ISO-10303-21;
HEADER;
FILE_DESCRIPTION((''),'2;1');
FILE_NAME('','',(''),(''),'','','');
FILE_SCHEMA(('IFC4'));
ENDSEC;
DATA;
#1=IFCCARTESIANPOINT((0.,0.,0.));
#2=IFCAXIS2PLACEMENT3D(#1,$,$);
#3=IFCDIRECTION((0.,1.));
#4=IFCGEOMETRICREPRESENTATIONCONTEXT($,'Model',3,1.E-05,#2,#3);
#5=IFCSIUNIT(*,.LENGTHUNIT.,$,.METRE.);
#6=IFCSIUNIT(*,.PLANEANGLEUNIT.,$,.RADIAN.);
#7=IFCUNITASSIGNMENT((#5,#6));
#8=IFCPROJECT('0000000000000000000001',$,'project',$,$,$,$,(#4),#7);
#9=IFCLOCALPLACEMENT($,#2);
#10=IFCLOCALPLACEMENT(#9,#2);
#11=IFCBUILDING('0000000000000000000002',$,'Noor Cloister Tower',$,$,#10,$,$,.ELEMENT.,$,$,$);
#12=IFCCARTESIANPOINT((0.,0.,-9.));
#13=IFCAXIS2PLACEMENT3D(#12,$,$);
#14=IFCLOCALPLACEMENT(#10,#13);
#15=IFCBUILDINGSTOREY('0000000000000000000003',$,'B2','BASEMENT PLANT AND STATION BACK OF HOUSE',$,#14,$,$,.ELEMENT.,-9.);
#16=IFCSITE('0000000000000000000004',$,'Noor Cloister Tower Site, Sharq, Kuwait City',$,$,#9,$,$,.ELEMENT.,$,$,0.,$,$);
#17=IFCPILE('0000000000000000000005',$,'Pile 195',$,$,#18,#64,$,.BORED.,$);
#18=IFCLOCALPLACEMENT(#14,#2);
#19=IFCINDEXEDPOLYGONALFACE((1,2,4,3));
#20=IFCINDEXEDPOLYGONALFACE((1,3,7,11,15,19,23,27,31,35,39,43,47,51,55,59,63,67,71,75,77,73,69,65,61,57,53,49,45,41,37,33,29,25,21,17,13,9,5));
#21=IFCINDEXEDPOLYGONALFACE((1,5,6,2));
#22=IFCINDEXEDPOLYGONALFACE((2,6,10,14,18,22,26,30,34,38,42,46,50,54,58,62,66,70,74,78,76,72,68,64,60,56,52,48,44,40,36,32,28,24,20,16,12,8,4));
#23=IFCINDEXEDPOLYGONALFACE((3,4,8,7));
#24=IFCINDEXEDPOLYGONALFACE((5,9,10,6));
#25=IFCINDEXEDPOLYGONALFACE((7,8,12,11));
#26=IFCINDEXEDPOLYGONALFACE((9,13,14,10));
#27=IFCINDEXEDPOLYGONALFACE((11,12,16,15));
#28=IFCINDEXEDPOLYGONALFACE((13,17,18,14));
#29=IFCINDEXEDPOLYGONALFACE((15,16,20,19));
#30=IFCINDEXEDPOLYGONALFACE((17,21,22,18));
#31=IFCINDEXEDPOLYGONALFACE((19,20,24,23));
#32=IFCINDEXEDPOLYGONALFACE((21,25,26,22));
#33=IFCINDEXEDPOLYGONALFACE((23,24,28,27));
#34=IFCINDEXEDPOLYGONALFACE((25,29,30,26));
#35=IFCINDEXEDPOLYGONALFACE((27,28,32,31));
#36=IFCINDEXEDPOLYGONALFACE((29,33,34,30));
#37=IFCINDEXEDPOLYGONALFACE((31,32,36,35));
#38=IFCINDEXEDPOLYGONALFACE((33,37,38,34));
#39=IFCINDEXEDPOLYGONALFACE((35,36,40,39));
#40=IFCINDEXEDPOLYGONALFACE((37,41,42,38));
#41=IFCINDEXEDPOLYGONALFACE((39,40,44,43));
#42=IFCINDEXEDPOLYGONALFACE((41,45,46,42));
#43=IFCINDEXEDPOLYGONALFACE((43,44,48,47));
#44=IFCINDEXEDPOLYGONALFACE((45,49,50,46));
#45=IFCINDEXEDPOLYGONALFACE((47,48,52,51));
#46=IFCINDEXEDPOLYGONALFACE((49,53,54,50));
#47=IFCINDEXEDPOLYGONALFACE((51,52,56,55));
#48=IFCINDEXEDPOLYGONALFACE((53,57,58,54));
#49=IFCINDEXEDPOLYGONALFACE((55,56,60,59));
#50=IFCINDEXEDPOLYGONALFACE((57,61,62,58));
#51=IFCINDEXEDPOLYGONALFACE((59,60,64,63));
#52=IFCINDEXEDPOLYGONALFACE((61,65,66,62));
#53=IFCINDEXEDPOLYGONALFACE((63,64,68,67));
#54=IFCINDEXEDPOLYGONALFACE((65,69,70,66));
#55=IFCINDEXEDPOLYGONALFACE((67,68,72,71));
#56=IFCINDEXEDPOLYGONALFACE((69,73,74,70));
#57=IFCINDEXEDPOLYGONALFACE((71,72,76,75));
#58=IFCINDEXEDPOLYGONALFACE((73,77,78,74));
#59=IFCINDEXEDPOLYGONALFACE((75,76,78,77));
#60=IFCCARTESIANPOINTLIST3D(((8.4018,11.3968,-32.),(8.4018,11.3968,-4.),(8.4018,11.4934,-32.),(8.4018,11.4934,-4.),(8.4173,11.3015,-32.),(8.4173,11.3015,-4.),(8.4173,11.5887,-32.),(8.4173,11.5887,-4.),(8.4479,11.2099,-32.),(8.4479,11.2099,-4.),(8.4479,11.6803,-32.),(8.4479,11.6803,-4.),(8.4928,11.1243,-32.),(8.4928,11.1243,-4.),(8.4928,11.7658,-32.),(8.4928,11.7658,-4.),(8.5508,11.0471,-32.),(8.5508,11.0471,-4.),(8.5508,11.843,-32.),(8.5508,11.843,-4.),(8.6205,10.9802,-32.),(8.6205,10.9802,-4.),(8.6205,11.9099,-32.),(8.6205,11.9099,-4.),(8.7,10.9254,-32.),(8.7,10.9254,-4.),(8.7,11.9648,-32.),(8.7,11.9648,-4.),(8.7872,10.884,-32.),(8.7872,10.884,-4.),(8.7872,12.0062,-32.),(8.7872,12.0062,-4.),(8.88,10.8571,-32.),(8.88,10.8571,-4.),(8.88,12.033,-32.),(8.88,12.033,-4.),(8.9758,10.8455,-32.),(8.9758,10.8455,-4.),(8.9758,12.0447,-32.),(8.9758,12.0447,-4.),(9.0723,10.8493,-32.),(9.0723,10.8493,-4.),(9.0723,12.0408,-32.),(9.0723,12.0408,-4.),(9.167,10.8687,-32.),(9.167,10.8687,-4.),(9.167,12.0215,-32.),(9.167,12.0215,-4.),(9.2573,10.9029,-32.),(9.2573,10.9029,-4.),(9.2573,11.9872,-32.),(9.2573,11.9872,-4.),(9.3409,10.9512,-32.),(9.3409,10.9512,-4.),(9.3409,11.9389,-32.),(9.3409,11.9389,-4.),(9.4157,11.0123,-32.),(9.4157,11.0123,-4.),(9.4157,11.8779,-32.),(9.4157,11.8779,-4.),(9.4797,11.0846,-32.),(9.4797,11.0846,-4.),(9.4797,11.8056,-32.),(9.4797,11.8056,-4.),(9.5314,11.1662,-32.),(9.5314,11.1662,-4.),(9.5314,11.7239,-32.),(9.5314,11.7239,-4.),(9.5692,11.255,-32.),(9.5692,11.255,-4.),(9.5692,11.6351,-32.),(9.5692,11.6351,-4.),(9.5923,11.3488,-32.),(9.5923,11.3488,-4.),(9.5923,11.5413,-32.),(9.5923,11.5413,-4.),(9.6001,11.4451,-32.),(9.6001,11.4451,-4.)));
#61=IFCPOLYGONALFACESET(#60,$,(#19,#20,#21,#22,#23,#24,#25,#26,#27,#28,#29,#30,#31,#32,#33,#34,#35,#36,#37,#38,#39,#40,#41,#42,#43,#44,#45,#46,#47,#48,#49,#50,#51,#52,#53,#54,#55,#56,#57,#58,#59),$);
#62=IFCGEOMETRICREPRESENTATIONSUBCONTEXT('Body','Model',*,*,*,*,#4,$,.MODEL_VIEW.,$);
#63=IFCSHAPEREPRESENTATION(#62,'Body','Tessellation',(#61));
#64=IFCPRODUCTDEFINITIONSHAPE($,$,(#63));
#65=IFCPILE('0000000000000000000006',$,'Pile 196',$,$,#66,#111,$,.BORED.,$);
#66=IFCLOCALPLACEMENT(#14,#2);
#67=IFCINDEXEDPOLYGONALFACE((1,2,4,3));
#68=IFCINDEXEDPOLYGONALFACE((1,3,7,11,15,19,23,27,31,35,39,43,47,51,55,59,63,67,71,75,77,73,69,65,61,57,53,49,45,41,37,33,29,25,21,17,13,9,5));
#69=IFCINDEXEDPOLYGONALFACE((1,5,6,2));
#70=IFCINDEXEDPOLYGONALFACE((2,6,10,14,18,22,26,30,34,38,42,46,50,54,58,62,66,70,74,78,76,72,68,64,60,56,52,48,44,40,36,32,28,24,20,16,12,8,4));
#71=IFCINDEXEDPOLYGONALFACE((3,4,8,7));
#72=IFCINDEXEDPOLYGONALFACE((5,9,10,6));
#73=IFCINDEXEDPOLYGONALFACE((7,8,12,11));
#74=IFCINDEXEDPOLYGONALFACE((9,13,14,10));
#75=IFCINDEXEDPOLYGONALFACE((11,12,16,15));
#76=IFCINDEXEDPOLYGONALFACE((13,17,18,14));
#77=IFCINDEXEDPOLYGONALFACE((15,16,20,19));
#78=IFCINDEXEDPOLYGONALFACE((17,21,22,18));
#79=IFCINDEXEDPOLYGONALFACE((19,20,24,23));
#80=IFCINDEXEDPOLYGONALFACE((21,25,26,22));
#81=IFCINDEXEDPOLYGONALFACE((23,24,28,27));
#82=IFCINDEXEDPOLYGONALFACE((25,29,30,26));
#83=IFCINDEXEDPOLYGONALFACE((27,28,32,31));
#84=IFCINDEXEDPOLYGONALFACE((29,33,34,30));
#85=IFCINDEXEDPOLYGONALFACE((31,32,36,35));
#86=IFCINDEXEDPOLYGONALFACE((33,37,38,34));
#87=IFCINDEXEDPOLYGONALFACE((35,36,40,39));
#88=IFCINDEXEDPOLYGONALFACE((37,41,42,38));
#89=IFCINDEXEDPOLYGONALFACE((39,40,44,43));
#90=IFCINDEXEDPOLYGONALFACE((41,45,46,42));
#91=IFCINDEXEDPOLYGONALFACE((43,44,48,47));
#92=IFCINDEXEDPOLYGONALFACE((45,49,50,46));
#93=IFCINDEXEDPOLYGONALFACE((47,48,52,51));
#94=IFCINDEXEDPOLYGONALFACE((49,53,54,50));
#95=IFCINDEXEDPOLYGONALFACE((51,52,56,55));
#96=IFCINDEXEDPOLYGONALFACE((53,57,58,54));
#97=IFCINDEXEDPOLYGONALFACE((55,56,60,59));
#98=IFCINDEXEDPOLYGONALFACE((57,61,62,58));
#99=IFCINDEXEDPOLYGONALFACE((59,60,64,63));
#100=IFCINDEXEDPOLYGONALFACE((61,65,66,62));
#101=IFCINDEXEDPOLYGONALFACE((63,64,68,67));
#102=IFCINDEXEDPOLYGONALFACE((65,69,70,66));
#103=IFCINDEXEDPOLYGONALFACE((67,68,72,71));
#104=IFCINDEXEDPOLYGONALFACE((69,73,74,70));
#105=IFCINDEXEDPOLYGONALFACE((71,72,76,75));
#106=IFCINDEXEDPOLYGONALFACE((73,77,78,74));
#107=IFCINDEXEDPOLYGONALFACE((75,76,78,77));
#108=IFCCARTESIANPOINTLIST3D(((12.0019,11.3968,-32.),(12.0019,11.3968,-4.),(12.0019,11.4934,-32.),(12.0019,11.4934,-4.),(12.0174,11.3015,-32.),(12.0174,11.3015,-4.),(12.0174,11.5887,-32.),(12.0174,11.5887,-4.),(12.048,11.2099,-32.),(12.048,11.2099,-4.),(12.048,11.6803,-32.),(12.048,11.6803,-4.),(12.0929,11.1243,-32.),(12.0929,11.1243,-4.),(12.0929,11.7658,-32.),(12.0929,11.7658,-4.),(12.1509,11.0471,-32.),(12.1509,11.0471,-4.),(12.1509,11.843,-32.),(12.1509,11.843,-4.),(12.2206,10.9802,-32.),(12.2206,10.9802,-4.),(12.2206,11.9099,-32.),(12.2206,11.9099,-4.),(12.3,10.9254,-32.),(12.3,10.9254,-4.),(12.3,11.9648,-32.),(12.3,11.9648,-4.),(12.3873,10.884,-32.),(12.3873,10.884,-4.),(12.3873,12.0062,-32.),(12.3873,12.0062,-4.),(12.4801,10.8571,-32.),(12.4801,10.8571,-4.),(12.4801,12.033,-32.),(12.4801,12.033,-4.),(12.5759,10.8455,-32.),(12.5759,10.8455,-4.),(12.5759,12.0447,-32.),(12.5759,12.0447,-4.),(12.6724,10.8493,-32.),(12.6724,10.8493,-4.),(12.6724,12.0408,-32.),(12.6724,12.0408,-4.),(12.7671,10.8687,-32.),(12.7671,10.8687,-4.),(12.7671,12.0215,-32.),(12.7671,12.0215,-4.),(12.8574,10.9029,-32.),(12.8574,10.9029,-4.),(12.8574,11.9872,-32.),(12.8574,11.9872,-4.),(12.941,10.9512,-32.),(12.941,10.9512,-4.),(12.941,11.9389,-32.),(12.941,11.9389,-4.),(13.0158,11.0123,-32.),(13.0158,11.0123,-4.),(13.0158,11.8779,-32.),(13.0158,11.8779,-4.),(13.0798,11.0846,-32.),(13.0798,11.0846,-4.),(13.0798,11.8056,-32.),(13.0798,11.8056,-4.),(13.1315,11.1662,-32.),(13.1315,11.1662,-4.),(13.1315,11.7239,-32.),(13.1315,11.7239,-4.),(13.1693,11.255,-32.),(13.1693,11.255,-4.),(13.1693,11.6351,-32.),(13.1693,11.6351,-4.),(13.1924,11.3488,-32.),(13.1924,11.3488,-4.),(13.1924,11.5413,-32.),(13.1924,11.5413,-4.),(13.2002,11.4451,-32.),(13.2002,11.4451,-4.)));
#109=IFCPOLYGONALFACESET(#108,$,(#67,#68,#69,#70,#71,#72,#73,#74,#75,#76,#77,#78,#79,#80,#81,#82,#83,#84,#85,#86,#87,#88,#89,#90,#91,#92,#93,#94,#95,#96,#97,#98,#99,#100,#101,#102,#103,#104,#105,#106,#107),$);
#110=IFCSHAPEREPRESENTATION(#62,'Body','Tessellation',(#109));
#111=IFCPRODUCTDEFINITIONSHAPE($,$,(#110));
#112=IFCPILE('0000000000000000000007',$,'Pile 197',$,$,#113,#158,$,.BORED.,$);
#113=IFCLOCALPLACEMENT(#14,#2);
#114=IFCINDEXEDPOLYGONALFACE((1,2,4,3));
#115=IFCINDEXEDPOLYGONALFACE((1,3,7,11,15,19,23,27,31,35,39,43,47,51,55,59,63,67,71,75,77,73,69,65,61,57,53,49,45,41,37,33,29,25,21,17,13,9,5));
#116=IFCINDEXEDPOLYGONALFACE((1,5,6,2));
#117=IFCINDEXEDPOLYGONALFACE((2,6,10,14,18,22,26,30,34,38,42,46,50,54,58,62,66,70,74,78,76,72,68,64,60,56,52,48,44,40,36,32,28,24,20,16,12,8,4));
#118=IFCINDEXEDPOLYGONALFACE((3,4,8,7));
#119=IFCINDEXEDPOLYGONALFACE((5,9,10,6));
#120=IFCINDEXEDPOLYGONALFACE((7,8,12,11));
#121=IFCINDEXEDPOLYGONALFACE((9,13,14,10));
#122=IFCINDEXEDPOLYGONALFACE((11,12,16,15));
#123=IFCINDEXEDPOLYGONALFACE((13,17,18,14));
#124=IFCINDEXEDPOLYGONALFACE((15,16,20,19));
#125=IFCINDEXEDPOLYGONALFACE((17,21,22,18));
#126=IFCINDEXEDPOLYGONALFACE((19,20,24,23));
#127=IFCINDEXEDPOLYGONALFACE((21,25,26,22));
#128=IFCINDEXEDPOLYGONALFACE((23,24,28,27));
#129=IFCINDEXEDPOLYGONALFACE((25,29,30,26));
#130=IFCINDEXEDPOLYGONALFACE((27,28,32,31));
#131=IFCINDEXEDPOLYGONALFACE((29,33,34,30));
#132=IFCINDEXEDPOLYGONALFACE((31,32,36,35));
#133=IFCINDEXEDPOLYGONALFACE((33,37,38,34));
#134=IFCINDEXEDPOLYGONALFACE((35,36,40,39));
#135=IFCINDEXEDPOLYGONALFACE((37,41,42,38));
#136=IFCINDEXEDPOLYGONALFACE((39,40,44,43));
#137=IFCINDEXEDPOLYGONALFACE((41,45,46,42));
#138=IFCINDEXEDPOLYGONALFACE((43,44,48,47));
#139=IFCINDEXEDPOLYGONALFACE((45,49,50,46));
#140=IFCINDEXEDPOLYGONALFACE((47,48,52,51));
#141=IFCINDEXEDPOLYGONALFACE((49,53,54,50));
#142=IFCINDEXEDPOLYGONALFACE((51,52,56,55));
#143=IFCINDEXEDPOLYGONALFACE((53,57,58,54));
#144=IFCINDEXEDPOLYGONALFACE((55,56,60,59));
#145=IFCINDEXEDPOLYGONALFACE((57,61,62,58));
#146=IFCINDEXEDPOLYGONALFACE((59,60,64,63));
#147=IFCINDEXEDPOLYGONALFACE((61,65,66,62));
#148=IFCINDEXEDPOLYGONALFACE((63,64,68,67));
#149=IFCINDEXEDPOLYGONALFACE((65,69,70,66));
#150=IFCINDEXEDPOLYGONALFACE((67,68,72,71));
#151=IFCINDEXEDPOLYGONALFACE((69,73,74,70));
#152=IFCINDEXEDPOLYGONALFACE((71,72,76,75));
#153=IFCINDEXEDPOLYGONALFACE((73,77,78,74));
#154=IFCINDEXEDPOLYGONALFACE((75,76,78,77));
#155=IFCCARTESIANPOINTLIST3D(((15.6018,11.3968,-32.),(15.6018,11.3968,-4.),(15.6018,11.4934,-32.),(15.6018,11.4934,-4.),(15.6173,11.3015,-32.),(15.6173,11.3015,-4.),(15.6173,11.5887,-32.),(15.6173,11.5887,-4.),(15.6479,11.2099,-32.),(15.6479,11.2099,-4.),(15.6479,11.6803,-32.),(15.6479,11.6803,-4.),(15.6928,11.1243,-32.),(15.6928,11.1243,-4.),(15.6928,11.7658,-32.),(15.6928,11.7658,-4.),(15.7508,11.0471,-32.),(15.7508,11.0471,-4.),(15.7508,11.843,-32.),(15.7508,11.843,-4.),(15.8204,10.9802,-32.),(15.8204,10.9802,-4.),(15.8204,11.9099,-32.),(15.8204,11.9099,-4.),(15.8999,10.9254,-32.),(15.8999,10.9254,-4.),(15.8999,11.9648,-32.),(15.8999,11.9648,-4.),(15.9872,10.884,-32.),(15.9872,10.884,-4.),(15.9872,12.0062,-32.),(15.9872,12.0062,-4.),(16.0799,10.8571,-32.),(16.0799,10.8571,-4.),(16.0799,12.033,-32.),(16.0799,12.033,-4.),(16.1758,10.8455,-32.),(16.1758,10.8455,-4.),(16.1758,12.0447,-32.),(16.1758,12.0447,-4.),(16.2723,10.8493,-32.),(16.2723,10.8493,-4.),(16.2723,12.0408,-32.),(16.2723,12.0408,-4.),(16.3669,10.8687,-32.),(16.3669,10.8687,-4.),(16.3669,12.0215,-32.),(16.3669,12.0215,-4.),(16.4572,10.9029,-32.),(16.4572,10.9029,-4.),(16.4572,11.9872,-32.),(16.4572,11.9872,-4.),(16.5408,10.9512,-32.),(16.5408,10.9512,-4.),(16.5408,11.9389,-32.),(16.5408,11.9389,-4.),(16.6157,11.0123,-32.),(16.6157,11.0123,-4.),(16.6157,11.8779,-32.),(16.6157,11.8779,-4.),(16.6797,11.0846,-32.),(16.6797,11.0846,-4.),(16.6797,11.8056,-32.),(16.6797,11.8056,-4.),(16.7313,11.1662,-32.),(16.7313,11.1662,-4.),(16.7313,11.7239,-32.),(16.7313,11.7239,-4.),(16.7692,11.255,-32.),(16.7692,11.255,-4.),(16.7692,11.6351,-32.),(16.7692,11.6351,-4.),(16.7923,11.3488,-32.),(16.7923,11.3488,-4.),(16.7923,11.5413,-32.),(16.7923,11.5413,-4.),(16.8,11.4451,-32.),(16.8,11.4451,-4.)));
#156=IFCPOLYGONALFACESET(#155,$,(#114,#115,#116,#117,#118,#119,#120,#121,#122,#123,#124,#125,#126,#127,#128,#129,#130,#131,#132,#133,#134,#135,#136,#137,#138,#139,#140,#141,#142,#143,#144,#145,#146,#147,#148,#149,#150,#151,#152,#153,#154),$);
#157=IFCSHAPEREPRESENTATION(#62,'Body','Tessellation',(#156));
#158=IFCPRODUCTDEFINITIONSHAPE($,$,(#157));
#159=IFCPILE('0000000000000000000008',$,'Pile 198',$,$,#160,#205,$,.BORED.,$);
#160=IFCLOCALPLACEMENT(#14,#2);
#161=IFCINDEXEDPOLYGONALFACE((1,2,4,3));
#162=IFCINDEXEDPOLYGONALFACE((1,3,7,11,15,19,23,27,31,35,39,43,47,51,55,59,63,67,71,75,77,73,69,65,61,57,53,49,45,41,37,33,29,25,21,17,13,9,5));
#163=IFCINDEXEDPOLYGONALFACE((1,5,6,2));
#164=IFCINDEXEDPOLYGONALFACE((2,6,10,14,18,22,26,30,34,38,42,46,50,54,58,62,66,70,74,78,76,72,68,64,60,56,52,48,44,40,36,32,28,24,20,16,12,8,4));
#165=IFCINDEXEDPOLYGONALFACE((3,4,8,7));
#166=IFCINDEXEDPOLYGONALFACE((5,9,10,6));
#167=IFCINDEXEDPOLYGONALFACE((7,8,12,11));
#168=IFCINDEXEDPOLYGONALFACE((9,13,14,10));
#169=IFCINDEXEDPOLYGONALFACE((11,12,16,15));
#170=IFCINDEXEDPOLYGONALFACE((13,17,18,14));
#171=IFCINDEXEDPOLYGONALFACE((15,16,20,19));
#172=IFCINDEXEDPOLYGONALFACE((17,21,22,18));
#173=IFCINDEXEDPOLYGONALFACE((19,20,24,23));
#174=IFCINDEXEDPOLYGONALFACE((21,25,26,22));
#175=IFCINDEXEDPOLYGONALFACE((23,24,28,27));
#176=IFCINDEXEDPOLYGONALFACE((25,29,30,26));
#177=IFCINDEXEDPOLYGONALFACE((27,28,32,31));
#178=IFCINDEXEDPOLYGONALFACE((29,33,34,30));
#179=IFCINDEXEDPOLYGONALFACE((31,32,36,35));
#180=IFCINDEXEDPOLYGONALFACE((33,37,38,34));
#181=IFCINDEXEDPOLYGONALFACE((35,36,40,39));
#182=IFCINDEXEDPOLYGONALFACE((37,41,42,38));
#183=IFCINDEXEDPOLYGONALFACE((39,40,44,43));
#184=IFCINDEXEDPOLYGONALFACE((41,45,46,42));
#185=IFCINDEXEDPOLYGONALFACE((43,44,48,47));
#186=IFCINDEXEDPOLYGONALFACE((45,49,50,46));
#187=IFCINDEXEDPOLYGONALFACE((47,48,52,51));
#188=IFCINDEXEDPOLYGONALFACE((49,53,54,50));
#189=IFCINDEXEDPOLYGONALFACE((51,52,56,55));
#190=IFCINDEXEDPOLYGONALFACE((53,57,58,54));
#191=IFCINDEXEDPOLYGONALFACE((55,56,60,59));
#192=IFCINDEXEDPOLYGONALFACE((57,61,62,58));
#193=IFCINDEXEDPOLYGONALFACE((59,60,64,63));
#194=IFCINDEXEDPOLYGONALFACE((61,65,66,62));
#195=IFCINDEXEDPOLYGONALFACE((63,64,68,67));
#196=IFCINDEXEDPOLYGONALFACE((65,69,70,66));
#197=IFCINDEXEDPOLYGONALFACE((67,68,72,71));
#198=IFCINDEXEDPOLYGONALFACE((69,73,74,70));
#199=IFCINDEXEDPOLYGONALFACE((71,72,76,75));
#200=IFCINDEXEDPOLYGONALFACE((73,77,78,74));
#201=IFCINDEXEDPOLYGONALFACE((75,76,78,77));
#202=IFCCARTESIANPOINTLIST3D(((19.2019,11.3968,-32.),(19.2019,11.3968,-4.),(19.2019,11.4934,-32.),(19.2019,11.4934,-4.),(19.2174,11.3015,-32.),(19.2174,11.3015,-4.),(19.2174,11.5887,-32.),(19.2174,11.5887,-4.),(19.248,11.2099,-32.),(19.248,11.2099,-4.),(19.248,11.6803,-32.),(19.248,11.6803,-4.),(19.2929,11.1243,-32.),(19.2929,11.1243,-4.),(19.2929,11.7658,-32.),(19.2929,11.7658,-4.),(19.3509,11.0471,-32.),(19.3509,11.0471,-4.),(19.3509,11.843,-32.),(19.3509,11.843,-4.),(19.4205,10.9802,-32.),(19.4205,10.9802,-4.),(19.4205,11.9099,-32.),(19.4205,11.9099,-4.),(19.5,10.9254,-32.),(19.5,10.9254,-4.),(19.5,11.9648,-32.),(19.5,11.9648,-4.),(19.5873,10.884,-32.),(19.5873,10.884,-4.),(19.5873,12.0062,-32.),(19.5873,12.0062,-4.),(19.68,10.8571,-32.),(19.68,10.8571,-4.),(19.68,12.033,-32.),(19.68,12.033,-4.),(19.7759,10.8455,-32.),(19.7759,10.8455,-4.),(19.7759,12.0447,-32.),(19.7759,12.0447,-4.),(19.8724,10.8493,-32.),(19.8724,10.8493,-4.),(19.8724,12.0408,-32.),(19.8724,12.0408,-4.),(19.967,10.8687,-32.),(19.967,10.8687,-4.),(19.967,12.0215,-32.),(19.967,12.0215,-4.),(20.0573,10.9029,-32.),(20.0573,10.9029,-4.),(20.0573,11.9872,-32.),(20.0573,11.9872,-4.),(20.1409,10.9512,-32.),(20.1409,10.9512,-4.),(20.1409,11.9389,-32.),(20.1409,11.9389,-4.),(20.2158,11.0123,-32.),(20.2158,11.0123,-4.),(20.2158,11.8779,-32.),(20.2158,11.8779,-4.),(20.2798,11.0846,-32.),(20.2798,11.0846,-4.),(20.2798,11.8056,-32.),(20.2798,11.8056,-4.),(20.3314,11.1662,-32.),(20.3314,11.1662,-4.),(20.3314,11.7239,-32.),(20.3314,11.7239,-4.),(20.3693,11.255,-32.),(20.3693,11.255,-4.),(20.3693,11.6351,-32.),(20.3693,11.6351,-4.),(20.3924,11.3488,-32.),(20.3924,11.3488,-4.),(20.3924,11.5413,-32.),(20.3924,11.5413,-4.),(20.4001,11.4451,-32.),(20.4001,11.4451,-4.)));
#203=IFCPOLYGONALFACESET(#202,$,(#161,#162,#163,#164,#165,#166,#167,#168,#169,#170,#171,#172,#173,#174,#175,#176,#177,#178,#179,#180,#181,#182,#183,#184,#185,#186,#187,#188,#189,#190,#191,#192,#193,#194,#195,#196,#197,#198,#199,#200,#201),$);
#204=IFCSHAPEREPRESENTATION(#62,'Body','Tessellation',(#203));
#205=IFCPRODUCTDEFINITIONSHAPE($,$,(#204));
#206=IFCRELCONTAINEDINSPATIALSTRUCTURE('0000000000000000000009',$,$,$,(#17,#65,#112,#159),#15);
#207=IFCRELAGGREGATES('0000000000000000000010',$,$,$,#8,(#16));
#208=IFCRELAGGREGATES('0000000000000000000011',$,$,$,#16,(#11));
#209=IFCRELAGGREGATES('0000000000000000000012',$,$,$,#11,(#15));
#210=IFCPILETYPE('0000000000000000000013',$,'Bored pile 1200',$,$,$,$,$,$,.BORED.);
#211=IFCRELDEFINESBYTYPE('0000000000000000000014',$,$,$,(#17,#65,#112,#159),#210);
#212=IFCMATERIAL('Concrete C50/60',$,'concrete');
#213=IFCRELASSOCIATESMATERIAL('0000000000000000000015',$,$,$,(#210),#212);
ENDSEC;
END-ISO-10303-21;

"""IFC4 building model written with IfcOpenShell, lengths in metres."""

from ifc_helpers import new_model, si_unit, direction, frame, origin, origin_2d, place, context, subcontext, project, spatial, circle, extrude, material, material_profile, profile_set, type_object, element, save


model = new_model("IFC4")

# Units and contexts
model_context = context("Model", 3, precision=1e-05, world=origin(), true_north=direction((0.0, 1.0)))
body_context = subcontext(model_context, "Body", "Model", "MODEL_VIEW")
ifc_project = project(units=[si_unit("LENGTHUNIT", "METRE"), si_unit("PLANEANGLEUNIT", "RADIAN")], contexts=[model_context])

# Site, building, storey
site_placement = place(None, origin())
site = spatial("IfcSite", under=ifc_project, at=site_placement, Name="Noor Cloister Tower Site, Sharq, Kuwait City", CompositionType="ELEMENT", RefElevation=0.0)
building_placement = place(site_placement, origin())
building = spatial("IfcBuilding", under=site, at=building_placement, Name="Noor Cloister Tower", CompositionType="ELEMENT")
storey_placement = place(building_placement, frame((0.0, 0.0, -9.0)))
storey = spatial("IfcBuildingStorey", under=building, at=storey_placement, Name="B2", Description="BASEMENT PLANT AND STATION BACK OF HOUSE", CompositionType="ELEMENT", Elevation=-9.0)

# Piles
ifc_material_1 = material(Name="Concrete C50/60", Category="concrete")
ifc_material_profile_1 = material_profile(ifc_material_1, circle(Radius=0.6001, at=origin_2d()), Name="Bored pile 1200")
ifc_profile_set_1 = profile_set([ifc_material_profile_1], Name="Concrete C50/60")
pile_type = type_object("IfcPileType", Name="Bored pile 1200", PredefinedType="BORED", material=ifc_profile_set_1)
for number, where, z_axis, x_axis, name in (
    (1, (9.0, 11.4451, -4.0), (0.0, 0.0, -1.0), (1.0, 0.0, 0.0), "Pile 195"),
    (2, (12.6001, 11.4451, -4.0), (0.0, 0.0, -1.0), (1.0, 0.0, 0.0), "Pile 196"),
    (3, (16.2, 11.4451, -4.0), (0.0, 0.0, -1.0), (1.0, 0.0, 0.0), "Pile 197"),
    (4, (19.8, 11.4451, -4.0), (0.0, 0.0, -1.0), (1.0, 0.0, 0.0), "Pile 198"),
):
    element("IfcPile", number, at=place(storey_placement, frame(where, z_axis=z_axis, x_axis=x_axis)), inside=storey, type_object=pile_type, Name=name, PredefinedType="BORED", context=body_context, shape_type="SweptSolid", body=[
        extrude(circle(Radius=0.6001, at=origin_2d()), origin(), (0.0, 0.0, 1.0), 28.0),
    ])

save(model, "model.ifc")
